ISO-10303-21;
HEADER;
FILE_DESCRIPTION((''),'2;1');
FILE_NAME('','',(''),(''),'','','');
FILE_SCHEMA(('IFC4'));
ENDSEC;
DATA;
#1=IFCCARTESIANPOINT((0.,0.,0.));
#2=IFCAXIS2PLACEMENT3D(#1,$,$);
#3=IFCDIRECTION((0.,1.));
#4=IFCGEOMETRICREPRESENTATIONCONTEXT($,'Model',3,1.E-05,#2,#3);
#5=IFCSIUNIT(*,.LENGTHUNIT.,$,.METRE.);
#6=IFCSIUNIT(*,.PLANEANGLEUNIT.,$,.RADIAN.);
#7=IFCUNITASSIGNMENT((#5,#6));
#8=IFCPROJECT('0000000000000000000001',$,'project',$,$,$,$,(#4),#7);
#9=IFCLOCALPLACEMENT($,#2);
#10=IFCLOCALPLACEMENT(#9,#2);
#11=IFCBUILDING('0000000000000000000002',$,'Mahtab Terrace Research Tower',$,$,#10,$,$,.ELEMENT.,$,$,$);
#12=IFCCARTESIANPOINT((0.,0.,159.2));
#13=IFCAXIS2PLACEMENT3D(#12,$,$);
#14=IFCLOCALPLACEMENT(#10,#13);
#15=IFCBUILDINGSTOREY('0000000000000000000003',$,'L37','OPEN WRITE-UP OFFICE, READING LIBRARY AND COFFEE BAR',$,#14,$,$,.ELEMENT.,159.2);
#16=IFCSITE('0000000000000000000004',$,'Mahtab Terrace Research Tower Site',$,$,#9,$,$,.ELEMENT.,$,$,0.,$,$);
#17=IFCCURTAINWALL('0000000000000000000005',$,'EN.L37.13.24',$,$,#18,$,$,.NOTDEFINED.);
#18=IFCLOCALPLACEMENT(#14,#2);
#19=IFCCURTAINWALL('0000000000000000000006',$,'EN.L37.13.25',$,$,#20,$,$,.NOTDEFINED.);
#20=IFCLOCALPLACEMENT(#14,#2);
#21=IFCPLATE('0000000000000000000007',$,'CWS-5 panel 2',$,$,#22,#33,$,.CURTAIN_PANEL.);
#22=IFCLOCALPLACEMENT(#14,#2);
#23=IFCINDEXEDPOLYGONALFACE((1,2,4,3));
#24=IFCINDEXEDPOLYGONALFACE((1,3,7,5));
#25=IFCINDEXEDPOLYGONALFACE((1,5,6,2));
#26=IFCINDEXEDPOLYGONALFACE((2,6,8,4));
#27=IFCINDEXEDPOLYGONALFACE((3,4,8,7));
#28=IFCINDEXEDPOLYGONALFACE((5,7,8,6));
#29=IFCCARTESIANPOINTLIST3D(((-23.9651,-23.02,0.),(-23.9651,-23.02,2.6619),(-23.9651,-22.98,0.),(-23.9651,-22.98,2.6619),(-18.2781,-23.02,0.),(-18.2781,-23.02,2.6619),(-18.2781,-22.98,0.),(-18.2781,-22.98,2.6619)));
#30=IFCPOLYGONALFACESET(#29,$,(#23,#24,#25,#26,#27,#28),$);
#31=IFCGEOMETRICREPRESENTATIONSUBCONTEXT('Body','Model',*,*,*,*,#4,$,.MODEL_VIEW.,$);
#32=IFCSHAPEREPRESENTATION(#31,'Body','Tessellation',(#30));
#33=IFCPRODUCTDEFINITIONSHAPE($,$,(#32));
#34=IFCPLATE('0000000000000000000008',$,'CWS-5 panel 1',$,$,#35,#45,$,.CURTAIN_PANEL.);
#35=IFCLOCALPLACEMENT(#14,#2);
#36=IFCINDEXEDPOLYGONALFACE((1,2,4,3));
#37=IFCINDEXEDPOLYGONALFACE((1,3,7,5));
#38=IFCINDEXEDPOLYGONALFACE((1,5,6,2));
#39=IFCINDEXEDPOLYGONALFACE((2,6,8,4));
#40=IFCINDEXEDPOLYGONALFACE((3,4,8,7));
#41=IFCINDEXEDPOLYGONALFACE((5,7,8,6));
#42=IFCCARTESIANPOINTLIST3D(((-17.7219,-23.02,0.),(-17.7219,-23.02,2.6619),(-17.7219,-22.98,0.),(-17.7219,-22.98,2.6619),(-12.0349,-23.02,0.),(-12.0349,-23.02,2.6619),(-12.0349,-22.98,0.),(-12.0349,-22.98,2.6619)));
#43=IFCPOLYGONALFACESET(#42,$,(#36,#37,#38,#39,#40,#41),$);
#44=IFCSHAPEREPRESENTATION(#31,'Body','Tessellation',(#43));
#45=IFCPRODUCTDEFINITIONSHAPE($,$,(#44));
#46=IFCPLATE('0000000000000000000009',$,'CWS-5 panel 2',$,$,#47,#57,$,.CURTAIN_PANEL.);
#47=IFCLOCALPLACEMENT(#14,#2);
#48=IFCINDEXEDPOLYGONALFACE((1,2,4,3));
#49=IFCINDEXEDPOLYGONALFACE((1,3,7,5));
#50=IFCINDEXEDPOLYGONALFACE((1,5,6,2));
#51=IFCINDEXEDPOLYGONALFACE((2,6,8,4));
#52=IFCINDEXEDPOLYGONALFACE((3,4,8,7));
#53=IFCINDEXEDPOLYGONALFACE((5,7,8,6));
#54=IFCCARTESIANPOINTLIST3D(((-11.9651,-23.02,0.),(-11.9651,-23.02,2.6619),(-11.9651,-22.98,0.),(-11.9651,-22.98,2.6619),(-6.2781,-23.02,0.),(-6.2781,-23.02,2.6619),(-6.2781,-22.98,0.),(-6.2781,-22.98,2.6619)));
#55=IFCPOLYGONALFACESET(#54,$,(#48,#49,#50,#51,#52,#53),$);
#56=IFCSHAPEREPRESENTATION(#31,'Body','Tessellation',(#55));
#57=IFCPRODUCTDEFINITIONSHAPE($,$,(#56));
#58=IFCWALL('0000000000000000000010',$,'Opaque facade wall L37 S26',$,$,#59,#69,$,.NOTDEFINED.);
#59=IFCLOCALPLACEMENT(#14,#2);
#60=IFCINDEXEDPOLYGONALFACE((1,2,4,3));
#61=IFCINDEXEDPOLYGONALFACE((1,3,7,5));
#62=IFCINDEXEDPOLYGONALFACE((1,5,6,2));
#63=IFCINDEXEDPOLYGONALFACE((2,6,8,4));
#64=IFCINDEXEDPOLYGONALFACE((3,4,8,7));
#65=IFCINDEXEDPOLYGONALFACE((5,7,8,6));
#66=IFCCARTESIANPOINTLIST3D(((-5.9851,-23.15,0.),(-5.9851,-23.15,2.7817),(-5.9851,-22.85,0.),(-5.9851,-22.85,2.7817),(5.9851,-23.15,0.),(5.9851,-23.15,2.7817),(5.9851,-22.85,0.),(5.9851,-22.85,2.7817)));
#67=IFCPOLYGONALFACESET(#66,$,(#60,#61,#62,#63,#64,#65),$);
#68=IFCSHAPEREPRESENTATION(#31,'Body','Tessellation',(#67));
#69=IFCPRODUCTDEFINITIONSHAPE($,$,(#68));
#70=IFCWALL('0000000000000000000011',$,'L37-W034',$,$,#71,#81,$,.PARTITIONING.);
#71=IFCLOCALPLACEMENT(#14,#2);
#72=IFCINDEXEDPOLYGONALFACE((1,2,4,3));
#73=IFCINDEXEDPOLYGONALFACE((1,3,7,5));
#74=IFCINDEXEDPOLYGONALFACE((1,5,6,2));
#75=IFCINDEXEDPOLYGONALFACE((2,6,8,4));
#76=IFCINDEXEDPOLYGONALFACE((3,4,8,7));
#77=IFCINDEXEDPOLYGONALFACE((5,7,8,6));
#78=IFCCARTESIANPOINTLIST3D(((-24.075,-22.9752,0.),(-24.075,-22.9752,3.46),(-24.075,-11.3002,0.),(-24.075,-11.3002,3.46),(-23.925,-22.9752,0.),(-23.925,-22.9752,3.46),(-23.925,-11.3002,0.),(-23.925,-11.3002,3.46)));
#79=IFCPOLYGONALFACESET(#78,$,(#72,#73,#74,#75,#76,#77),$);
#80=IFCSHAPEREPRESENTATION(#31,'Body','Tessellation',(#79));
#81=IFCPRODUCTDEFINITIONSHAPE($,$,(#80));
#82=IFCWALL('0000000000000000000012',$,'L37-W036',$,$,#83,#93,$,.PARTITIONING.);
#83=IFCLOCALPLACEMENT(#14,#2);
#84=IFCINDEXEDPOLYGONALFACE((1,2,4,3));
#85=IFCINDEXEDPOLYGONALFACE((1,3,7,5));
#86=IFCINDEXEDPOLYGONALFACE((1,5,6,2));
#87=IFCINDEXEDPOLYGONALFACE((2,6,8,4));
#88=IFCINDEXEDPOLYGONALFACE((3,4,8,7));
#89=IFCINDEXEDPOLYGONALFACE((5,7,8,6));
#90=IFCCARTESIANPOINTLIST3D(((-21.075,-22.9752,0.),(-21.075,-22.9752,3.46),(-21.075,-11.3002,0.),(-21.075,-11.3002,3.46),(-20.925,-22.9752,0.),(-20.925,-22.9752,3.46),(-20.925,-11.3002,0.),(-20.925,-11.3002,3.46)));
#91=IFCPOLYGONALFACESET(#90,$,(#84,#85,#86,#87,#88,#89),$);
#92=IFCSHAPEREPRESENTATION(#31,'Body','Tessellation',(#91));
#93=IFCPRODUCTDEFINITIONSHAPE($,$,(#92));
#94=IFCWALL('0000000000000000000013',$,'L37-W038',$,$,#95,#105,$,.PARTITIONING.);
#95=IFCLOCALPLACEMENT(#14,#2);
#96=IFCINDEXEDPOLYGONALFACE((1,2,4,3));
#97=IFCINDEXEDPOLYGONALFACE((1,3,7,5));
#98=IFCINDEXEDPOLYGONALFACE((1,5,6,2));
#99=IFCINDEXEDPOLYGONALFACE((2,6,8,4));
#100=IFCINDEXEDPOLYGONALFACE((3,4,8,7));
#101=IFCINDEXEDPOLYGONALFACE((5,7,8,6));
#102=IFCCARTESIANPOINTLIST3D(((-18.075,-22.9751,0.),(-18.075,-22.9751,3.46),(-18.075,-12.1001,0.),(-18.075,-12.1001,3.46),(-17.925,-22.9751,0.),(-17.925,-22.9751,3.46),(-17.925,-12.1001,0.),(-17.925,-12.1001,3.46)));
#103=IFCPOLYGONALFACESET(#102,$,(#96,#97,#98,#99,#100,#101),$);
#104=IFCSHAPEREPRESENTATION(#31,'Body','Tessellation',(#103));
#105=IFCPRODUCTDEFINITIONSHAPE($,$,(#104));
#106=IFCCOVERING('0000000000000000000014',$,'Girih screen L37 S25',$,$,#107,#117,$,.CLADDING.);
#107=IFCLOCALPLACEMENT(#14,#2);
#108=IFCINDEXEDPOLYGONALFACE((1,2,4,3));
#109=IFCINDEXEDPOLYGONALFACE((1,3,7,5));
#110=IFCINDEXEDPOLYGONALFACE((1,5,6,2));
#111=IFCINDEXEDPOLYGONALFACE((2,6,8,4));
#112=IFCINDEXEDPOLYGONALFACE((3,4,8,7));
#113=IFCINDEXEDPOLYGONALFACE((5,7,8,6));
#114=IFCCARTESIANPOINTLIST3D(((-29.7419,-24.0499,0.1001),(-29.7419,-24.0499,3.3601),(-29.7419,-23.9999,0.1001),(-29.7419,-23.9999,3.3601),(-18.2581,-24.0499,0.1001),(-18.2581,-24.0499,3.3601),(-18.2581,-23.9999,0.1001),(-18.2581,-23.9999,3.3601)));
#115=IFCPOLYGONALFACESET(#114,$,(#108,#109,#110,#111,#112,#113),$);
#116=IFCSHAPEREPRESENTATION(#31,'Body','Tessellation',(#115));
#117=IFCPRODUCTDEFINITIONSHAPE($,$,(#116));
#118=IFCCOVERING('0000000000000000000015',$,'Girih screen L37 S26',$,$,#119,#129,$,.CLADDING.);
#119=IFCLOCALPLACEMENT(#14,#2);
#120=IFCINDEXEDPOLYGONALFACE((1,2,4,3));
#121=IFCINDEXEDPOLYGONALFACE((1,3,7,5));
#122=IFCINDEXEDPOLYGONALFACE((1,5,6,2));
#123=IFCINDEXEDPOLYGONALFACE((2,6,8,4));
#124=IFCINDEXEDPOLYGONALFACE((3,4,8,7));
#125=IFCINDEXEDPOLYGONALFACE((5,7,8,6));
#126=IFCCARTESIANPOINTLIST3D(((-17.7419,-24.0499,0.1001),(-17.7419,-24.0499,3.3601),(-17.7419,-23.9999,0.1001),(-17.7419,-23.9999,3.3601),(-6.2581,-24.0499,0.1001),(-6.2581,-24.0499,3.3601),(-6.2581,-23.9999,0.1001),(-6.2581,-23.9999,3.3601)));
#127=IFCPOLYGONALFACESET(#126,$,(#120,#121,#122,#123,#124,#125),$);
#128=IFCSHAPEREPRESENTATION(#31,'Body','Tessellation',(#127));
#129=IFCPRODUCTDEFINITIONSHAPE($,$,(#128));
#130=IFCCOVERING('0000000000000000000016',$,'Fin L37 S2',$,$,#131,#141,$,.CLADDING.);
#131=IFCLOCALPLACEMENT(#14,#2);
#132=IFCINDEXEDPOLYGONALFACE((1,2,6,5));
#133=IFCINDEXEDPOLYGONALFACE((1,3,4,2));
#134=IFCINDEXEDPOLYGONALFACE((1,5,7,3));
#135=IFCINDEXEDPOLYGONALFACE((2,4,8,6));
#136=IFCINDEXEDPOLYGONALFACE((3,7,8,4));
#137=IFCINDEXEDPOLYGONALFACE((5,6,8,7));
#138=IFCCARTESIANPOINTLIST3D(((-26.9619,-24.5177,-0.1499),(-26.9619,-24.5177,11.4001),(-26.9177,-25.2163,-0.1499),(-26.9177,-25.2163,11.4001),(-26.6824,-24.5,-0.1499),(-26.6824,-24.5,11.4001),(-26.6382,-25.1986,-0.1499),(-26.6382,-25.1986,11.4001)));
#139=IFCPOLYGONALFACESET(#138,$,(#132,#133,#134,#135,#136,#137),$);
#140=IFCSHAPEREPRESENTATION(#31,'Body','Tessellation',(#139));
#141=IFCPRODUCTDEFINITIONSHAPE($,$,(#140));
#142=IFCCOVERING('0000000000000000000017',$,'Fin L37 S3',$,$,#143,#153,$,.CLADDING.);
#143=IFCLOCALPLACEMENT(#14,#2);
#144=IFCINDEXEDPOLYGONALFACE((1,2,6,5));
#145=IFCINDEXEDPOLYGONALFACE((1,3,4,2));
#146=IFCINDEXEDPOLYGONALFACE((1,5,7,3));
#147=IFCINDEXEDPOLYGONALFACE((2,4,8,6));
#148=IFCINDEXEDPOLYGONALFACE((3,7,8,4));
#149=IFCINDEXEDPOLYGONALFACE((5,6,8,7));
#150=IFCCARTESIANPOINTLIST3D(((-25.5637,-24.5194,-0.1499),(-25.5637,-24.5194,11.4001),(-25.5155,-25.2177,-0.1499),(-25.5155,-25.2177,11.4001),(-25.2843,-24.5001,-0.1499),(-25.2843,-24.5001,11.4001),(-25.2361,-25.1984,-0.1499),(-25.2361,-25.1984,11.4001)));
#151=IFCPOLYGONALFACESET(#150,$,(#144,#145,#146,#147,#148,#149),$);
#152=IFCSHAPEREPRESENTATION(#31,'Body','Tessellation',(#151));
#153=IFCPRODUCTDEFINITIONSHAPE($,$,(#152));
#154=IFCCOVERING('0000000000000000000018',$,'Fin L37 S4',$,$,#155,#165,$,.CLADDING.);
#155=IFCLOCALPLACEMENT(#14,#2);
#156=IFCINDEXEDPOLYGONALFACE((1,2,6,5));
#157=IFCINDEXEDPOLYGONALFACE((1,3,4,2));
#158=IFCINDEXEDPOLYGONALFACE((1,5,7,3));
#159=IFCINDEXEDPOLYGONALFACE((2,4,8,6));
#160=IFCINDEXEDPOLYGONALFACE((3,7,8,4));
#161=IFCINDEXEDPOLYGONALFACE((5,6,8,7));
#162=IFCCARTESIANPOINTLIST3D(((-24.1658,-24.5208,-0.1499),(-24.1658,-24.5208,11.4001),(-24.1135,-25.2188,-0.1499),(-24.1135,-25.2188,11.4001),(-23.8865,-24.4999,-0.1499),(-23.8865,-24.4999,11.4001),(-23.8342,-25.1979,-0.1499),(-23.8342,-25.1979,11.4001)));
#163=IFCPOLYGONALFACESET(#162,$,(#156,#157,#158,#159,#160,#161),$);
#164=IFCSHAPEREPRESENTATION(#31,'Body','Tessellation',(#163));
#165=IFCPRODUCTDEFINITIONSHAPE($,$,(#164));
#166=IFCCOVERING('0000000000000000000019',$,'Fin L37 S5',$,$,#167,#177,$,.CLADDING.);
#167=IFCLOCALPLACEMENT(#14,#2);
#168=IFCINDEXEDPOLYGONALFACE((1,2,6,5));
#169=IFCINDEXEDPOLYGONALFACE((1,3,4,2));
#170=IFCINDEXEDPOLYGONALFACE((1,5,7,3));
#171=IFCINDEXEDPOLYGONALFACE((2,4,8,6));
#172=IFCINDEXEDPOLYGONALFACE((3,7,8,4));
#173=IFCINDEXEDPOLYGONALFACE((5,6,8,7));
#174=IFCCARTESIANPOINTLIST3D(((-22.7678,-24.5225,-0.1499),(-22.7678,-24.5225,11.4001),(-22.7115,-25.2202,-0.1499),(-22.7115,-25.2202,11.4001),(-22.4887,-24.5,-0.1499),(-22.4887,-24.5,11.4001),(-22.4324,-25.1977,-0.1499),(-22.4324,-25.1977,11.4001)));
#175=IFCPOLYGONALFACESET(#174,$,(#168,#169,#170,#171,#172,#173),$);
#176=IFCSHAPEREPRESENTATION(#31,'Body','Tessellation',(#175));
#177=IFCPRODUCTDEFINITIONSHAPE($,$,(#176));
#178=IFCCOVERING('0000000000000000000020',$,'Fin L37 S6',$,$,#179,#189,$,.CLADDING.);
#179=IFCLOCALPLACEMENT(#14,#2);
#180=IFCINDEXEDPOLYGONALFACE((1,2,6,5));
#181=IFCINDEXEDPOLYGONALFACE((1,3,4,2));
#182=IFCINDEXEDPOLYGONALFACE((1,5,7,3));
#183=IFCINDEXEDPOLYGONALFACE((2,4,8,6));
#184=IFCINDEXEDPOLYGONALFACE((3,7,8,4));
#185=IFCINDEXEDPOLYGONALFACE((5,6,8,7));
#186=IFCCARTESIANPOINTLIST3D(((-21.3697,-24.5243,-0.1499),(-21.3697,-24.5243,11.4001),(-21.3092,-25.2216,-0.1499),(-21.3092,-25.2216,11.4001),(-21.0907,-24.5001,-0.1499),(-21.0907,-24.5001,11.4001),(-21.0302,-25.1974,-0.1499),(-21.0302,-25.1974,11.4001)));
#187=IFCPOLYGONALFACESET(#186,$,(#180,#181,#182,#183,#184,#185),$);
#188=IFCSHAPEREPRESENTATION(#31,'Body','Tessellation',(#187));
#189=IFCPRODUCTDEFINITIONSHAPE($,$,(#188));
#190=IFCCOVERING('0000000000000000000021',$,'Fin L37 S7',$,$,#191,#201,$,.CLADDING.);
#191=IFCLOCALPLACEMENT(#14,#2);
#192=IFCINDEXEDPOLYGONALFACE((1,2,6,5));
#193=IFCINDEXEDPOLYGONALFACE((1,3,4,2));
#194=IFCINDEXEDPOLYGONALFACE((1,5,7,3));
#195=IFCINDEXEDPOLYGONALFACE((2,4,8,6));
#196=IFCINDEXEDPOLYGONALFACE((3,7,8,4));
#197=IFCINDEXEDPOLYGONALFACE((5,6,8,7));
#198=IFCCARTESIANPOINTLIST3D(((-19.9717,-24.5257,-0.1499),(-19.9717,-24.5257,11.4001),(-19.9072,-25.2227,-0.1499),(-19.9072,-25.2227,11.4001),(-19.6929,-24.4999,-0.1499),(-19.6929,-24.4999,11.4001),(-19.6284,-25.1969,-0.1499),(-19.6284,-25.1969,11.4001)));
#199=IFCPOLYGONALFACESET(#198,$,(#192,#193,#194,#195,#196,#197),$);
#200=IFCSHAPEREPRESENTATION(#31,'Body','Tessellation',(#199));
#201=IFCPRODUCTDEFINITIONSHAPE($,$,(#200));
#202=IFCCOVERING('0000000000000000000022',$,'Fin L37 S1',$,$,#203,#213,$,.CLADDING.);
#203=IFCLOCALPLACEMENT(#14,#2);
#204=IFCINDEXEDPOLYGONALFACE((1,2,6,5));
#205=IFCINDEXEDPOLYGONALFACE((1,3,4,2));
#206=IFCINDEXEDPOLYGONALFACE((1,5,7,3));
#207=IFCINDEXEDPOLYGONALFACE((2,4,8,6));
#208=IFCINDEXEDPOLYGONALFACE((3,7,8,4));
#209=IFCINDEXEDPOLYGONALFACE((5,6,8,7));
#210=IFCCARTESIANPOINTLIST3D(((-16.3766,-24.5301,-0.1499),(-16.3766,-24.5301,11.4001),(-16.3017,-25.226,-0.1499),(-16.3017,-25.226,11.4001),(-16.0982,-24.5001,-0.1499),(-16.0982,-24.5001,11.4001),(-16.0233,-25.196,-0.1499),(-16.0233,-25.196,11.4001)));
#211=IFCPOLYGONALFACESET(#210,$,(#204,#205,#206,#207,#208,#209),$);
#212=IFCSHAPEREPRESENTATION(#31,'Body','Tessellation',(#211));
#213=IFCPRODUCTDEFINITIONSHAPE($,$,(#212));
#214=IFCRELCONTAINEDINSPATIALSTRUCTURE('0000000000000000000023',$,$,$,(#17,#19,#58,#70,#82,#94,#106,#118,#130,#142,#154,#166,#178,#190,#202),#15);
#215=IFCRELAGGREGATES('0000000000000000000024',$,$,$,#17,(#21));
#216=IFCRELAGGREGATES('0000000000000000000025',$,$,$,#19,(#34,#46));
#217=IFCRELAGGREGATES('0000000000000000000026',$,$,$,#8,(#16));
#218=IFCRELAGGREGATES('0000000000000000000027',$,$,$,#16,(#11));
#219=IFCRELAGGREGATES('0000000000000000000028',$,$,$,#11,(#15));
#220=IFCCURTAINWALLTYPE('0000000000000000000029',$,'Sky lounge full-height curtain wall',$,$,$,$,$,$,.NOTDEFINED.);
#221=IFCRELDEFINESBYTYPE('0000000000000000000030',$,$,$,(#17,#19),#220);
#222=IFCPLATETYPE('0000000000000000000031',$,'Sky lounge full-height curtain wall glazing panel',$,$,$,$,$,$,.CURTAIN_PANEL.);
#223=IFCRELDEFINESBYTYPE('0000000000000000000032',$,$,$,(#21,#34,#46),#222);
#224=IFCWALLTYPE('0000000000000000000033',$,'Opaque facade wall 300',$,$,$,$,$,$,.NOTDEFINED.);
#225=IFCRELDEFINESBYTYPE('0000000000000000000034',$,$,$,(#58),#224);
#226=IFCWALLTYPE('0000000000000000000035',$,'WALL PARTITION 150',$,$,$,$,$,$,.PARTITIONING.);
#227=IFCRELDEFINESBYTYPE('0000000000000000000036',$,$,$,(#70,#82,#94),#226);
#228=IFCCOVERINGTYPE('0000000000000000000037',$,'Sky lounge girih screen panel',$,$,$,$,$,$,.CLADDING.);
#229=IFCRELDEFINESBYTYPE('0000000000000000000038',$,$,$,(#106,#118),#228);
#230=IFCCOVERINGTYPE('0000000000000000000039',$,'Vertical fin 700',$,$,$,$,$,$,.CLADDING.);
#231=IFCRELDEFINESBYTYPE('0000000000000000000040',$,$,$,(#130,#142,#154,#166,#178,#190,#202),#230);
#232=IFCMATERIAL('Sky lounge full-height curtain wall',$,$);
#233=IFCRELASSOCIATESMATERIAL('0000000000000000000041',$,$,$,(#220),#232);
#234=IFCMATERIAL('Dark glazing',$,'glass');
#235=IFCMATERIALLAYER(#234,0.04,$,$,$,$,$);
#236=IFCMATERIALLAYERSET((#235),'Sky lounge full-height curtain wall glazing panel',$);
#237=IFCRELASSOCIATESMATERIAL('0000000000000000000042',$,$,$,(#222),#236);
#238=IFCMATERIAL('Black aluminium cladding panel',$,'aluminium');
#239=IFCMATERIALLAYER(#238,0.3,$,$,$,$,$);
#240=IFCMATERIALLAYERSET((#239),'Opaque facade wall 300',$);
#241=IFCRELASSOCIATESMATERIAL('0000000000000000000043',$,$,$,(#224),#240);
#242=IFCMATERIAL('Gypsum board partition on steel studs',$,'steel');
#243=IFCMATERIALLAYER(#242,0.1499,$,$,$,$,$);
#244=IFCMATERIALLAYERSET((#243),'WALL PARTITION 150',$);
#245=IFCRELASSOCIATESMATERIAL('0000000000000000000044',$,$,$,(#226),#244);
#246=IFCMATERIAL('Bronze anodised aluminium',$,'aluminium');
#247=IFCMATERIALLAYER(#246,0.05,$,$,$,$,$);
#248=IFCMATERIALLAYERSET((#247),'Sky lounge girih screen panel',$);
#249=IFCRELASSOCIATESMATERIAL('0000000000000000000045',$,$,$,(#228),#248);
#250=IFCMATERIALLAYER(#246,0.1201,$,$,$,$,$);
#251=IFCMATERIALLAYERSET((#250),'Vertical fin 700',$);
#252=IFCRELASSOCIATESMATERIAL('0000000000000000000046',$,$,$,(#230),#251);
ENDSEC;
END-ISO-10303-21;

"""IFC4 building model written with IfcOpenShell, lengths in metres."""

from ifc_helpers import new_model, si_unit, direction, frame, frame_2d, origin, origin_2d, place, context, subcontext, project, spatial, rectangle, extrude, material, layer, layer_set, type_object, element, aggregate, save


model = new_model("IFC4")

# Units and contexts
model_context = context("Model", 3, precision=1e-05, world=origin(), true_north=direction((0.0, 1.0)))
body_context = subcontext(model_context, "Body", "Model", "MODEL_VIEW")
ifc_project = project(units=[si_unit("LENGTHUNIT", "METRE"), si_unit("PLANEANGLEUNIT", "RADIAN")], contexts=[model_context])

# Site, building, storey
site_placement = place(None, origin())
site = spatial("IfcSite", under=ifc_project, at=site_placement, Name="Mahtab Terrace Research Tower Site", CompositionType="ELEMENT", RefElevation=0.0)
building_placement = place(site_placement, origin())
building = spatial("IfcBuilding", under=site, at=building_placement, Name="Mahtab Terrace Research Tower", CompositionType="ELEMENT")
storey_placement = place(building_placement, frame((0.0, 0.0, 159.2)))
storey = spatial("IfcBuildingStorey", under=building, at=storey_placement, Name="L37", Description="OPEN WRITE-UP OFFICE, READING LIBRARY AND COFFEE BAR", CompositionType="ELEMENT", Elevation=159.2)

# Curtain walls
ifc_material_1 = material(Name="Sky lounge full-height curtain wall")
curtain_wall_type = type_object("IfcCurtainWallType", Name="Sky lounge full-height curtain wall", PredefinedType="NOTDEFINED", material=ifc_material_1)
curtain_wall_1_placement = place(storey_placement, origin())
curtain_wall_1 = element("IfcCurtainWall", 1, at=curtain_wall_1_placement, inside=storey, type_object=curtain_wall_type, Name="EN.L37.13.24", PredefinedType="NOTDEFINED")
curtain_wall_2_placement = place(storey_placement, origin())
curtain_wall_2 = element("IfcCurtainWall", 2, at=curtain_wall_2_placement, inside=storey, type_object=curtain_wall_type, Name="EN.L37.13.25", PredefinedType="NOTDEFINED")

# Plates
ifc_material_2 = material(Name="Dark glazing", Category="glass")
ifc_layer_1 = layer(ifc_material_2, 0.04)
ifc_layer_set_1 = layer_set([ifc_layer_1], Name="Sky lounge full-height curtain wall glazing panel")
plate_type = type_object("IfcPlateType", Name="Sky lounge full-height curtain wall glazing panel", PredefinedType="CURTAIN_PANEL", material=ifc_layer_set_1)
plate_1_placement = place(storey_placement, frame((-21.1216, -23.0, 0.0), z_axis=(0.0, 0.0, 1.0), x_axis=(1.0, 0.0, 0.0)))
plate_1 = element("IfcPlate", 3, at=plate_1_placement, type_object=plate_type, Name="CWS-5 panel 2", PredefinedType="CURTAIN_PANEL", context=body_context, shape_type="SweptSolid", body=[
    extrude(rectangle(XDim=5.687, YDim=0.04, at=origin_2d()), origin(), (0.0, 0.0, 1.0), 2.6619),
])
aggregate(curtain_wall_1, [plate_1])
plate_2_placement = place(storey_placement, frame((-14.8784, -23.0, 0.0), z_axis=(0.0, 0.0, 1.0), x_axis=(1.0, 0.0, 0.0)))
plate_2 = element("IfcPlate", 4, at=plate_2_placement, type_object=plate_type, Name="CWS-5 panel 1", PredefinedType="CURTAIN_PANEL", context=body_context, shape_type="SweptSolid", body=[
    extrude(rectangle(XDim=5.687, YDim=0.04, at=origin_2d()), origin(), (0.0, 0.0, 1.0), 2.6619),
])
plate_3_placement = place(storey_placement, frame((-9.1216, -23.0, 0.0), z_axis=(0.0, 0.0, 1.0), x_axis=(1.0, 0.0, 0.0)))
plate_3 = element("IfcPlate", 5, at=plate_3_placement, type_object=plate_type, Name="CWS-5 panel 2", PredefinedType="CURTAIN_PANEL", context=body_context, shape_type="SweptSolid", body=[
    extrude(rectangle(XDim=5.687, YDim=0.04, at=origin_2d()), origin(), (0.0, 0.0, 1.0), 2.6619),
])
aggregate(curtain_wall_2, [plate_2, plate_3])

# Walls
ifc_material_3 = material(Name="Black aluminium cladding panel", Category="aluminium")
ifc_layer_2 = layer(ifc_material_3, 0.3)
ifc_layer_set_2 = layer_set([ifc_layer_2], Name="Opaque facade wall 300")
wall_type_1 = type_object("IfcWallType", Name="Opaque facade wall 300", PredefinedType="NOTDEFINED", material=ifc_layer_set_2)
wall_1_placement = place(storey_placement, frame((-5.9851, -23.0, 0.0), z_axis=(0.0, 0.0, 1.0), x_axis=(1.0, 0.0, 0.0)))
element("IfcWall", 6, at=wall_1_placement, inside=storey, type_object=wall_type_1, Name="Opaque facade wall L37 S26", PredefinedType="NOTDEFINED", context=body_context, shape_type="SweptSolid", body=[
    extrude(rectangle(XDim=11.9702, YDim=0.3, at=frame_2d((5.9851, 0.0))), origin(), (0.0, 0.0, 1.0), 2.7817),
])
ifc_material_4 = material(Name="Gypsum board partition on steel studs", Category="steel")
ifc_layer_3 = layer(ifc_material_4, 0.1499)
ifc_layer_set_3 = layer_set([ifc_layer_3], Name="WALL PARTITION 150")
wall_type_2 = type_object("IfcWallType", Name="WALL PARTITION 150", PredefinedType="PARTITIONING", material=ifc_layer_set_3)
for number, where, z_axis, x_axis, name in (
    (7, (-24.0, -22.9751, 0.0), (0.0, 0.0, 1.0), (0.0, 1.0, 0.0), "L37-W034"),
    (8, (-21.0, -22.9751, 0.0), (0.0, 0.0, 1.0), (0.0, 1.0, 0.0), "L37-W036"),
):
    element("IfcWall", number, at=place(storey_placement, frame(where, z_axis=z_axis, x_axis=x_axis)), inside=storey, type_object=wall_type_2, Name=name, PredefinedType="PARTITIONING", context=body_context, shape_type="SweptSolid", body=[
        extrude(rectangle(XDim=11.675, YDim=0.1499, at=frame_2d((5.8374, 0.0))), origin(), (0.0, 0.0, 1.0), 3.46),
    ])
wall_2_placement = place(storey_placement, frame((-18.0, -22.9751, 0.0), z_axis=(0.0, 0.0, 1.0), x_axis=(0.0, 1.0, 0.0)))
element("IfcWall", 9, at=wall_2_placement, inside=storey, type_object=wall_type_2, Name="L37-W038", PredefinedType="PARTITIONING", context=body_context, shape_type="SweptSolid", body=[
    extrude(rectangle(XDim=10.875, YDim=0.1499, at=frame_2d((5.4375, 0.0))), origin(), (0.0, 0.0, 1.0), 3.46),
])

# Coverings
ifc_material_5 = material(Name="Bronze anodised aluminium", Category="aluminium")
ifc_layer_4 = layer(ifc_material_5, 0.05)
ifc_layer_set_4 = layer_set([ifc_layer_4], Name="Sky lounge girih screen panel")
covering_type_1 = type_object("IfcCoveringType", Name="Sky lounge girih screen panel", PredefinedType="CLADDING", material=ifc_layer_set_4)
for number, where, z_axis, x_axis, name in (
    (10, (-24.0, -24.0249, 0.1001), (0.0, 0.0, 1.0), (1.0, 0.0, 0.0), "Girih screen L37 S25"),
    (11, (-12.0, -24.0249, 0.1001), (0.0, 0.0, 1.0), (1.0, 0.0, 0.0), "Girih screen L37 S26"),
):
    element("IfcCovering", number, at=place(storey_placement, frame(where, z_axis=z_axis, x_axis=x_axis)), inside=storey, type_object=covering_type_1, Name=name, PredefinedType="CLADDING", context=body_context, shape_type="SweptSolid", body=[
        extrude(rectangle(XDim=11.4839, YDim=0.05, at=origin_2d()), origin(), (0.0, 0.0, 1.0), 3.26),
    ])
ifc_layer_5 = layer(ifc_material_5, 0.1201)
ifc_layer_set_5 = layer_set([ifc_layer_5], Name="Vertical fin 700")
covering_type_2 = type_object("IfcCoveringType", Name="Vertical fin 700", PredefinedType="CLADDING", material=ifc_layer_set_5)
for number, where, z_axis, x_axis, name in (
    (12, (-26.8, -24.8582, -0.1499), (0.0, 0.0, 1.0), (0.998006, 0.063122, 0.0), "Fin L37 S2"),
    (13, (-25.3999, -24.8589, -0.1499), (0.0, 0.0, 1.0), (0.997622, 0.068927, 0.0), "Fin L37 S3"),
    (14, (-24.0, -24.8594, -0.1499), (0.0, 0.0, 1.0), (0.997204, 0.07473, 0.0), "Fin L37 S4"),
    (15, (-22.6001, -24.8601, -0.1499), (0.0, 0.0, 1.0), (0.996752, 0.08053, 0.0), "Fin L37 S5"),
    (16, (-21.2, -24.8608, -0.1499), (0.0, 0.0, 1.0), (0.996267, 0.086328, 0.0), "Fin L37 S6"),
    (17, (-19.8, -24.8613, -0.1499), (0.0, 0.0, 1.0), (0.995748, 0.092122, 0.0), "Fin L37 S7"),
    (18, (-16.2, -24.863, -0.1499), (0.0, 0.0, 1.0), (0.994258, 0.107008, 0.0), "Fin L37 S1"),
):
    element("IfcCovering", number, at=place(storey_placement, frame(where, z_axis=z_axis, x_axis=x_axis)), inside=storey, type_object=covering_type_2, Name=name, PredefinedType="CLADDING", context=body_context, shape_type="SweptSolid", body=[
        extrude(rectangle(XDim=0.28, YDim=0.7, at=origin_2d()), origin(), (0.0, 0.0, 1.0), 11.55),
    ])

save(model, "model.ifc")
